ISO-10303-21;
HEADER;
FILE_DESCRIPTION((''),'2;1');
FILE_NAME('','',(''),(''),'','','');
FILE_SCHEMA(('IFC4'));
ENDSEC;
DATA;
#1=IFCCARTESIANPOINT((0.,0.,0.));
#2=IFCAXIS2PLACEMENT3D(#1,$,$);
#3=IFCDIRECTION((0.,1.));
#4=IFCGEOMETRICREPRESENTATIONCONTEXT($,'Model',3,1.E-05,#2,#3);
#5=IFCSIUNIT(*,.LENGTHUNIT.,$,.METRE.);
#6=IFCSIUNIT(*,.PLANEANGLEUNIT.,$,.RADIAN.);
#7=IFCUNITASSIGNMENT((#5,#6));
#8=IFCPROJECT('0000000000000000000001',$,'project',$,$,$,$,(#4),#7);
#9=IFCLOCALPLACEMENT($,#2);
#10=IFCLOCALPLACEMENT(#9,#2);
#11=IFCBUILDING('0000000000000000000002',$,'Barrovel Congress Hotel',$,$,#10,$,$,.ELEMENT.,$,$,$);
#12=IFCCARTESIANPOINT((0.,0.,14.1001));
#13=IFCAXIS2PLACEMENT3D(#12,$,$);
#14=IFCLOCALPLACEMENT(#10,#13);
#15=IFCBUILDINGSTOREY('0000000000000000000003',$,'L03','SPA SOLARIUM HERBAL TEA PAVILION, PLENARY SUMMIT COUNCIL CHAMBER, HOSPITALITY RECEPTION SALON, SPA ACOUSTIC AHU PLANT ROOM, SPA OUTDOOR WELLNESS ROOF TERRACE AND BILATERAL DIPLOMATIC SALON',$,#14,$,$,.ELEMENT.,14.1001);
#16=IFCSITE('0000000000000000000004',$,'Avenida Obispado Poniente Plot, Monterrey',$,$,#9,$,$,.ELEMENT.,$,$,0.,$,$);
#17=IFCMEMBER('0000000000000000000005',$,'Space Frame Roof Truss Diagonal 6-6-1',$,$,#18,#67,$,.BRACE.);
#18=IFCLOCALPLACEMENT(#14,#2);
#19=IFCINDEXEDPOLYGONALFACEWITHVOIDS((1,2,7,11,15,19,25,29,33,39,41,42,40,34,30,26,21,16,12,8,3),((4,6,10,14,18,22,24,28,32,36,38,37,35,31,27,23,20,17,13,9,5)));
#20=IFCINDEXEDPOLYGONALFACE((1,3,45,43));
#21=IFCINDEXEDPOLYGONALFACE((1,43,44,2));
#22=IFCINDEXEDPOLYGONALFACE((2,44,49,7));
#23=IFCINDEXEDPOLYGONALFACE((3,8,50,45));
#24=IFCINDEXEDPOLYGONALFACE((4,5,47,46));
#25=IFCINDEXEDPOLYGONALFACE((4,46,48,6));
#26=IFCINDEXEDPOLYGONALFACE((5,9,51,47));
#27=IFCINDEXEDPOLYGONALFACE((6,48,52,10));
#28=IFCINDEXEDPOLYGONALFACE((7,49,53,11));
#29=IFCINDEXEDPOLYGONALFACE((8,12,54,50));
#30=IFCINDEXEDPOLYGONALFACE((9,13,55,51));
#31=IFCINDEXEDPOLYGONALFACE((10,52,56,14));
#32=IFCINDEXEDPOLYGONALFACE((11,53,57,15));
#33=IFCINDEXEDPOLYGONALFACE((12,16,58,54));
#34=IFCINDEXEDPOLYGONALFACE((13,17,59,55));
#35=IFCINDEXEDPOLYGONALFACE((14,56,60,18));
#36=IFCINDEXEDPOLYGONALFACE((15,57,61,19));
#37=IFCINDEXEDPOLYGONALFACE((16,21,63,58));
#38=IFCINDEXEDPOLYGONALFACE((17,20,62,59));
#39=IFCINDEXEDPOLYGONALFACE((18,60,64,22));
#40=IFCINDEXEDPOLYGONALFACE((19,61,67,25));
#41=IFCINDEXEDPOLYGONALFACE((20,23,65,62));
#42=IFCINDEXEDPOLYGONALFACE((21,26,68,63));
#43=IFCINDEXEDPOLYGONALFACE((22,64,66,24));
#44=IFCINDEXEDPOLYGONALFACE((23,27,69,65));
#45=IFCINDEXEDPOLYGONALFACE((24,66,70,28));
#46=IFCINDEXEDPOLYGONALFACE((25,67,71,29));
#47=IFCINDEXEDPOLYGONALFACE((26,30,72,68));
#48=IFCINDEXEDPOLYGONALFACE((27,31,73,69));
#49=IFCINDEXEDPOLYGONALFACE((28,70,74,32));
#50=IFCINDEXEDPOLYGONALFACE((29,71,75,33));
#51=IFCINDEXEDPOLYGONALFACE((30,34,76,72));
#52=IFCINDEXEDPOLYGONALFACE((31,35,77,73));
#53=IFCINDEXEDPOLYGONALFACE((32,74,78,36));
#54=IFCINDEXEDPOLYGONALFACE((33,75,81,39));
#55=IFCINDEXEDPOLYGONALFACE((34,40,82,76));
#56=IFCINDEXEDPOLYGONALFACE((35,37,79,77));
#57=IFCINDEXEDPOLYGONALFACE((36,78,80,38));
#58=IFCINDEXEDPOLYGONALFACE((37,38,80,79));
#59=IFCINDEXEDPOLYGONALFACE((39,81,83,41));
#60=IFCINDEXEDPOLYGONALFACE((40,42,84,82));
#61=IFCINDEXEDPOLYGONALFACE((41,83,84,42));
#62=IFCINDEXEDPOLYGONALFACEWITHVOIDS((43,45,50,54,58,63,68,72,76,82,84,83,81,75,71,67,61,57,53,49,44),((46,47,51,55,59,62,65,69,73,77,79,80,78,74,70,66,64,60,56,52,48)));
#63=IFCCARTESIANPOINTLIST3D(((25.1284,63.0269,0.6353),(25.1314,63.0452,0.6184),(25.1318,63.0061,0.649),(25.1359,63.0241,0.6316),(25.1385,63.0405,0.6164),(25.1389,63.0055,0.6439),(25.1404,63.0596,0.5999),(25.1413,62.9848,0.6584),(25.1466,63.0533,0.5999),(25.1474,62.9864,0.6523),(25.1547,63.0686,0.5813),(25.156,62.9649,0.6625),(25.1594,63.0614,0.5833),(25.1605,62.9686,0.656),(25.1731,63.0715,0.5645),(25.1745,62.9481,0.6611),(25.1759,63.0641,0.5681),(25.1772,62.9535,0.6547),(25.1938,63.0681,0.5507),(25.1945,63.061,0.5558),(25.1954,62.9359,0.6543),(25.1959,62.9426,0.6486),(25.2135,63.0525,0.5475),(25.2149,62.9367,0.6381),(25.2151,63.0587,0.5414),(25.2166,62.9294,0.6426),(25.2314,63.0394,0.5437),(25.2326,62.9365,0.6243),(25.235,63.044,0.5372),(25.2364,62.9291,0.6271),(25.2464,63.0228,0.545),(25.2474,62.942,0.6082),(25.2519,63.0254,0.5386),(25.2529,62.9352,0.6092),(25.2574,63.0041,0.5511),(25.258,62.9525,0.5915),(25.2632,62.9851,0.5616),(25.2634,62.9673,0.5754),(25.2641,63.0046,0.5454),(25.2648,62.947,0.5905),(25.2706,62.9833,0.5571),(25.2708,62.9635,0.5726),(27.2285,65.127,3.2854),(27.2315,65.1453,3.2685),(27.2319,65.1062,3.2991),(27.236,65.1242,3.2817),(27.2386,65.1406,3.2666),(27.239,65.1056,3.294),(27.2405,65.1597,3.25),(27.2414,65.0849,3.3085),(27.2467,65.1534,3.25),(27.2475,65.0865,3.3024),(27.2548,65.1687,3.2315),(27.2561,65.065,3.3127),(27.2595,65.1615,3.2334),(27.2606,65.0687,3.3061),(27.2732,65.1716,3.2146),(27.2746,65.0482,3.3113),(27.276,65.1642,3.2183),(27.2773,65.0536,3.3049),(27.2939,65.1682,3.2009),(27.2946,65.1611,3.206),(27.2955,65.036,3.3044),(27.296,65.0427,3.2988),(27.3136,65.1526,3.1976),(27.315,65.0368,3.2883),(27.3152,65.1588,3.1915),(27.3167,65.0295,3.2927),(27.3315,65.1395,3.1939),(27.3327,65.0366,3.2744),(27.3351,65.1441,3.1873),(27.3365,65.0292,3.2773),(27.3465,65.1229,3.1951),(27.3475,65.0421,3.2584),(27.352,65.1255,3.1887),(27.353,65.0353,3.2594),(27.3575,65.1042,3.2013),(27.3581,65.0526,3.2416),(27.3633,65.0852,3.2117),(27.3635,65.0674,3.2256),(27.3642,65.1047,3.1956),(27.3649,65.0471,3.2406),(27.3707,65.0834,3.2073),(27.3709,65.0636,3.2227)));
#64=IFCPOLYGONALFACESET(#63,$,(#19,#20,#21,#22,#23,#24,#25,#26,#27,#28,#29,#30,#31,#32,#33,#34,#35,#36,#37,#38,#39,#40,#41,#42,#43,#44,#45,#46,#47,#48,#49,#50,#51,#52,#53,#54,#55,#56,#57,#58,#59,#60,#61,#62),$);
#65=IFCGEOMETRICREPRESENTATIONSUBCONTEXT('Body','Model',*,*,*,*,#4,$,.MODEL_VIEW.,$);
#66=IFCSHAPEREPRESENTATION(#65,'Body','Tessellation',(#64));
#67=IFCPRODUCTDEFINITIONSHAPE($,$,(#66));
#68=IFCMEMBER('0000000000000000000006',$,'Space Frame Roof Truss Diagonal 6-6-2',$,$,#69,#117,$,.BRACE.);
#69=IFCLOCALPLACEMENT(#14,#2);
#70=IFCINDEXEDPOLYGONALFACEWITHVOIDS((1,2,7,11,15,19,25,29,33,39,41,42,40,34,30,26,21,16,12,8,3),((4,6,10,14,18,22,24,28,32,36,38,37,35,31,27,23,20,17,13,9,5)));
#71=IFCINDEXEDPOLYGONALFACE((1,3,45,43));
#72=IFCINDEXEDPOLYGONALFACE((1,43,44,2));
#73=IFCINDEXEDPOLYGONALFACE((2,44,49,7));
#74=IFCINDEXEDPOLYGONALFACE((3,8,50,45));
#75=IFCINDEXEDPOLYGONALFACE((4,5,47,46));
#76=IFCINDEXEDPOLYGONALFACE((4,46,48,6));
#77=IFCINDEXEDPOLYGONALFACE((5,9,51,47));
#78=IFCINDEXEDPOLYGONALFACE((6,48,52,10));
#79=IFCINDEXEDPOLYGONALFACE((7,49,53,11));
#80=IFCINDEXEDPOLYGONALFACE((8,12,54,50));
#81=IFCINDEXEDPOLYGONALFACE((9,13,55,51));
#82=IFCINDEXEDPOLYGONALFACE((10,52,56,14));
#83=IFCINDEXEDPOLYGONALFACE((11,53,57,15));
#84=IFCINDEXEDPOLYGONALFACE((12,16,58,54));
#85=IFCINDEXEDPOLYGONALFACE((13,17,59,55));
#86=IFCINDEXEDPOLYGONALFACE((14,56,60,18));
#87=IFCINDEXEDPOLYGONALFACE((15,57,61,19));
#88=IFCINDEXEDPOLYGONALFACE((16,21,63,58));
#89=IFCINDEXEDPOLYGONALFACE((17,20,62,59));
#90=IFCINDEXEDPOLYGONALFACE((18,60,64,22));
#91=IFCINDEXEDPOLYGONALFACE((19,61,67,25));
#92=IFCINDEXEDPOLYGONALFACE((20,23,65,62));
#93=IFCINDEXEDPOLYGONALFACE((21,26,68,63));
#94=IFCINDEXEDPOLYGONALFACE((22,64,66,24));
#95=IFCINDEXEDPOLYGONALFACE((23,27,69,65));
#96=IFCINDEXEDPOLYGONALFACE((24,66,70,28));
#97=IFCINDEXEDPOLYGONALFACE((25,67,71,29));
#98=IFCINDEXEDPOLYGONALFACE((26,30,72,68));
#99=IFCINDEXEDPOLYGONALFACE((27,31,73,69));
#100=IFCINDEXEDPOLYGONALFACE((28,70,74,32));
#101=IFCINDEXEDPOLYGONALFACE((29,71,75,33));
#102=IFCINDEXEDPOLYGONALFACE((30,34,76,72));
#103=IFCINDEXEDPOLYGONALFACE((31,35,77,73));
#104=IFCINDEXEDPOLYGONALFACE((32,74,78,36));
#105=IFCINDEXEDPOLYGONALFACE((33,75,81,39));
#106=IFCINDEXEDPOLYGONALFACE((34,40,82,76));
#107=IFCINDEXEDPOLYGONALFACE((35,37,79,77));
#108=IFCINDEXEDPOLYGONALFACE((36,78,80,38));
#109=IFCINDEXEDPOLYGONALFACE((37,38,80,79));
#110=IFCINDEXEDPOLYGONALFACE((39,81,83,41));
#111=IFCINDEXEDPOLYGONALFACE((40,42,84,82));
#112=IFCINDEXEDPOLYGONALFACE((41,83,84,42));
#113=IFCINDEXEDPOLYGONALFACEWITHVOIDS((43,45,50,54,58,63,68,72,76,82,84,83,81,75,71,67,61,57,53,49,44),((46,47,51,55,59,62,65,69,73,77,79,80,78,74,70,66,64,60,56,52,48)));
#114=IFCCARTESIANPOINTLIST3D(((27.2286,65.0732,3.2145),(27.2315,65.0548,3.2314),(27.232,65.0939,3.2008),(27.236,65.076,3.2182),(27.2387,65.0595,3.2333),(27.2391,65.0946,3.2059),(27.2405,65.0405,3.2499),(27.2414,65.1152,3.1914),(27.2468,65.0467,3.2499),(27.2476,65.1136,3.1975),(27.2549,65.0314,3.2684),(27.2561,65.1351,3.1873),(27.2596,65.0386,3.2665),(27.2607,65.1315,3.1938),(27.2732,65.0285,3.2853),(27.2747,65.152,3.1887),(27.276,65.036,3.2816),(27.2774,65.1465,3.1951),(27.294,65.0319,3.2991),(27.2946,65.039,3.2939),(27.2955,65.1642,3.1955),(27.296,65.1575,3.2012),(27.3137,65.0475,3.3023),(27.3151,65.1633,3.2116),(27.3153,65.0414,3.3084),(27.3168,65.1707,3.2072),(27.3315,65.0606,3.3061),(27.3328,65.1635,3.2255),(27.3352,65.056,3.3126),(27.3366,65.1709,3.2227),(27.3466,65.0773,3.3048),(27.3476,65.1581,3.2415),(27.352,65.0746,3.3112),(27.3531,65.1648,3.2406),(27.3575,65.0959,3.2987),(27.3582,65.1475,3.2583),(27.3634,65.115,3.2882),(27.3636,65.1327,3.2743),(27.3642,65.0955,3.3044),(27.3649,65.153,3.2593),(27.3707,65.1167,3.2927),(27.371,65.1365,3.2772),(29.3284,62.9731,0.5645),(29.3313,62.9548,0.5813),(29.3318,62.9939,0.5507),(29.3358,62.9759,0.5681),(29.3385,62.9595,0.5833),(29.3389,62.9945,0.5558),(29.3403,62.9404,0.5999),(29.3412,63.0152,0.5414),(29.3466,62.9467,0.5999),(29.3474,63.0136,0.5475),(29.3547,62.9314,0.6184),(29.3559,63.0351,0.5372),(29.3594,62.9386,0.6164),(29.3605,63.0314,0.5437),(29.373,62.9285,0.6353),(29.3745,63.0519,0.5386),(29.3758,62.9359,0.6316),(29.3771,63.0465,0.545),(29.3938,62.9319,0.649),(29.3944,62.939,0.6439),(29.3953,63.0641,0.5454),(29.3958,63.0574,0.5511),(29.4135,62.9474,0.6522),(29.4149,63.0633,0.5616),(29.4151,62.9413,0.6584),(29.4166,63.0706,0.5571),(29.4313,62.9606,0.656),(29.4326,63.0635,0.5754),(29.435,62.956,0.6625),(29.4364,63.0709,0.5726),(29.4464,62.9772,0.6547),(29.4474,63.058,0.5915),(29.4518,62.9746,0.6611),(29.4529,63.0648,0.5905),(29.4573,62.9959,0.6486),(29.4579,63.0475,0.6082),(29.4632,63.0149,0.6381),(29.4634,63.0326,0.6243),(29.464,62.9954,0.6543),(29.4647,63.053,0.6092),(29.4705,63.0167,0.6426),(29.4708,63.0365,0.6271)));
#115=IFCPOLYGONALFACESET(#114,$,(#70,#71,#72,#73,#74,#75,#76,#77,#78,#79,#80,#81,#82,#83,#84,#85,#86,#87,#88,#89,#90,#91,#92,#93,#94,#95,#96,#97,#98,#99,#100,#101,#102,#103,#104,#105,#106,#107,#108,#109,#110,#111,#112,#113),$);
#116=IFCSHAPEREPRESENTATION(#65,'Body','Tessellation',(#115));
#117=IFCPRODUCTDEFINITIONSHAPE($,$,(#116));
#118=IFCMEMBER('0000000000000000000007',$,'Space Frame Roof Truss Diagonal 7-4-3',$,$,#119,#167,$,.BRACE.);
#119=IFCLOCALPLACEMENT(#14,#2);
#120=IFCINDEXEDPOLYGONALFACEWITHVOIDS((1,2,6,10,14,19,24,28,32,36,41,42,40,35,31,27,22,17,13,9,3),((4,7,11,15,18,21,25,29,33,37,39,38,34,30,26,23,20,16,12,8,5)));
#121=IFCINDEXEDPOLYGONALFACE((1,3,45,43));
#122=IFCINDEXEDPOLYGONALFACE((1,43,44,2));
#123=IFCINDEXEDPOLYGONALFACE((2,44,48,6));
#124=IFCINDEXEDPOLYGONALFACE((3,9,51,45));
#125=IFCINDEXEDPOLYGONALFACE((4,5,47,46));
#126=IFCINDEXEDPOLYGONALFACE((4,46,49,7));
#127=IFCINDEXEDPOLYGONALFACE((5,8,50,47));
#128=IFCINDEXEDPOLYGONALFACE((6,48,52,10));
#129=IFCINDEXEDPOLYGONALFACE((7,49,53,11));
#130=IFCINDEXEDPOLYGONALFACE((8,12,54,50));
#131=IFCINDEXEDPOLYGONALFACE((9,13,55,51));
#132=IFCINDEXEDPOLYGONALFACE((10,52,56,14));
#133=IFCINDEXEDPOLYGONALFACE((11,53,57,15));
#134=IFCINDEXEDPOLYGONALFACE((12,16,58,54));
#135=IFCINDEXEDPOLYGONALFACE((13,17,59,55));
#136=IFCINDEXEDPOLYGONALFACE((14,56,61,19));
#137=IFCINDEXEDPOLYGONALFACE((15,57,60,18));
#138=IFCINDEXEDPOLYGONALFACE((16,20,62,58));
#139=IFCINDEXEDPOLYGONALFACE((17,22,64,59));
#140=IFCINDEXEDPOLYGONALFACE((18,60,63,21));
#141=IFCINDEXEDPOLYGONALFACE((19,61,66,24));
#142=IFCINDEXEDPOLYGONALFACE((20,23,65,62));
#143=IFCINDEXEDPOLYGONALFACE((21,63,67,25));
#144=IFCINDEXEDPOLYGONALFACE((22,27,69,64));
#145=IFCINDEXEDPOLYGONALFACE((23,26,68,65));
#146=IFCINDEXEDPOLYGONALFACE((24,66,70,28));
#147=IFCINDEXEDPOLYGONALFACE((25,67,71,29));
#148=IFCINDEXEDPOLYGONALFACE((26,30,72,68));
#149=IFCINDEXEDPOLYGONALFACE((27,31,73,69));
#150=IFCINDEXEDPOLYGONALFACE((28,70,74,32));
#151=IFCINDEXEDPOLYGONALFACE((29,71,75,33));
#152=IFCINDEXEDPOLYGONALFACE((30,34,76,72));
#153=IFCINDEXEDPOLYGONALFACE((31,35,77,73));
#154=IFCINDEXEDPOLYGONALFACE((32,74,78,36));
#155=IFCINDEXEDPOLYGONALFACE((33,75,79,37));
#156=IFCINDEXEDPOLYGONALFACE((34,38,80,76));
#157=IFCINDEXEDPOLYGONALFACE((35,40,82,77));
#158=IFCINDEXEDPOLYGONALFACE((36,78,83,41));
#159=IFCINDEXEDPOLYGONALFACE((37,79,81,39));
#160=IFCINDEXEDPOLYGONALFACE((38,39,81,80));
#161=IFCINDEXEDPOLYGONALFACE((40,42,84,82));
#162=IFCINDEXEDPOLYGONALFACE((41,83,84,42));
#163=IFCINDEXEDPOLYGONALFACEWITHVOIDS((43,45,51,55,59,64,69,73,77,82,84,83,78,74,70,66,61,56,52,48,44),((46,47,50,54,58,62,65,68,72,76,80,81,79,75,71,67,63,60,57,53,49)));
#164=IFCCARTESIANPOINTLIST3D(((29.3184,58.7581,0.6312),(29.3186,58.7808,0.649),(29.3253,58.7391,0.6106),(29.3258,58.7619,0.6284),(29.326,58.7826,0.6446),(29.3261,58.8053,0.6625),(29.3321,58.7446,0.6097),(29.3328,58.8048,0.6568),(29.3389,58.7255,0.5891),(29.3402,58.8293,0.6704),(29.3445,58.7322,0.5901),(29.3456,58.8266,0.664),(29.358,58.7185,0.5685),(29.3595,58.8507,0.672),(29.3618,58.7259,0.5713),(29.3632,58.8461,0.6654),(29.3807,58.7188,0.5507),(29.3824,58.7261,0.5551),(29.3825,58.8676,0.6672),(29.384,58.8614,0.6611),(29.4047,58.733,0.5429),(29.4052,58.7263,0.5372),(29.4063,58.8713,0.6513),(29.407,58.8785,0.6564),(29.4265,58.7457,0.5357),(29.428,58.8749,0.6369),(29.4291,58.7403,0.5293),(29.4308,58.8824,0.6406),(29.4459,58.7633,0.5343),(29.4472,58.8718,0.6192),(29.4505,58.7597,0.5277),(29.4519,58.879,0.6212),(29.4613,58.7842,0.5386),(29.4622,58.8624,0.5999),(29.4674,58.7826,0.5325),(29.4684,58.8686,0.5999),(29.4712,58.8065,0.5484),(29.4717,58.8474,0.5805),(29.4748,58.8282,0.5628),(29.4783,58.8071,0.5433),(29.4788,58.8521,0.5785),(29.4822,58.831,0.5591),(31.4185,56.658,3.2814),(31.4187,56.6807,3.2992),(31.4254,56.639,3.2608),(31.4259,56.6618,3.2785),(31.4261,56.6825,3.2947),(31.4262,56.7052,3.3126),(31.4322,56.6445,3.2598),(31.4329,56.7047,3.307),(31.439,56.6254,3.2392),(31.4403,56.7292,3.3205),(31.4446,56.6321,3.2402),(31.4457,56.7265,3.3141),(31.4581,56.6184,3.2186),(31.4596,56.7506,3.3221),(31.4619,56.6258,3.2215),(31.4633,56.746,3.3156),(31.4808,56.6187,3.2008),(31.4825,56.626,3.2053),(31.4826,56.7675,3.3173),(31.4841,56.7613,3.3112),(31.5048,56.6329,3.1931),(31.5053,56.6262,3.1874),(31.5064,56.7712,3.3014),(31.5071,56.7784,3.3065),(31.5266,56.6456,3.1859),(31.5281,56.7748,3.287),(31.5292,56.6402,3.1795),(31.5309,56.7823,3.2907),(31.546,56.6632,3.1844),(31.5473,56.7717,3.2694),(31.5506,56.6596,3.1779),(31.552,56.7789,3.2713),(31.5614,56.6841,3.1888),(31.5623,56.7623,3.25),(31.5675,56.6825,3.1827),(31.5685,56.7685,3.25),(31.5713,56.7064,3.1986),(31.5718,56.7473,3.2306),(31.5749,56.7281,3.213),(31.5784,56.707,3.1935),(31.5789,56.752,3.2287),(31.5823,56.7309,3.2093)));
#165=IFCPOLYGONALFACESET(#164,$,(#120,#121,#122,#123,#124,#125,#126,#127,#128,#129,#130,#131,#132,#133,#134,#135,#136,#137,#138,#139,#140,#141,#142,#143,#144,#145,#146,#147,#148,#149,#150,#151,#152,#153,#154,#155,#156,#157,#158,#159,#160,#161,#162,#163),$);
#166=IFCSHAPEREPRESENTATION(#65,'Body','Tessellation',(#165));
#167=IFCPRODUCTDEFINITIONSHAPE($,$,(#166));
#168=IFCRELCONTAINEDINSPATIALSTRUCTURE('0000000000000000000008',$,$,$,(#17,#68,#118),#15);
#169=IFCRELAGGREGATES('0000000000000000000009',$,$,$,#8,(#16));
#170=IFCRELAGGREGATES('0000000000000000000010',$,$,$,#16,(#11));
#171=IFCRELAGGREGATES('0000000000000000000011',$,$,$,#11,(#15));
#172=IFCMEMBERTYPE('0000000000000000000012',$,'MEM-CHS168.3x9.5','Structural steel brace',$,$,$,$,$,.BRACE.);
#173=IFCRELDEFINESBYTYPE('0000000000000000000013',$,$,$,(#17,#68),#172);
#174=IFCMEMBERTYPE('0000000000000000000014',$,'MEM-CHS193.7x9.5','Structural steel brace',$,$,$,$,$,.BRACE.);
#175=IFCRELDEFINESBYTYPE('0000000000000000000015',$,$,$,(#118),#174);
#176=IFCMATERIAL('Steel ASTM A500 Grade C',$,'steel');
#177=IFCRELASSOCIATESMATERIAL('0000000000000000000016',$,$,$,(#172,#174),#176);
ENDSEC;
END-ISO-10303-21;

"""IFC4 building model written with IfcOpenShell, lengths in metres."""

from ifc_helpers import new_model, si_unit, direction, frame, origin, origin_2d, place, context, subcontext, project, spatial, hollow_circle, extrude, material, material_profile, profile_set, type_object, element, save


model = new_model("IFC4")

# Units and contexts
model_context = context("Model", 3, precision=1e-05, world=origin(), true_north=direction((0.0, 1.0)))
body_context = subcontext(model_context, "Body", "Model", "MODEL_VIEW")
ifc_project = project(units=[si_unit("LENGTHUNIT", "METRE"), si_unit("PLANEANGLEUNIT", "RADIAN")], contexts=[model_context])

# Site, building, storey
site_placement = place(None, origin())
site = spatial("IfcSite", under=ifc_project, at=site_placement, Name="Avenida Obispado Poniente Plot, Monterrey", CompositionType="ELEMENT", RefElevation=0.0)
building_placement = place(site_placement, origin())
building = spatial("IfcBuilding", under=site, at=building_placement, Name="Barrovel Congress Hotel", CompositionType="ELEMENT")
storey_placement = place(building_placement, frame((0.0, 0.0, 14.1001)))
storey = spatial("IfcBuildingStorey", under=building, at=storey_placement, Name="L03", Description="SPA SOLARIUM HERBAL TEA PAVILION, PLENARY SUMMIT COUNCIL CHAMBER, HOSPITALITY RECEPTION SALON, SPA ACOUSTIC AHU PLANT ROOM, SPA OUTDOOR WELLNESS ROOF TERRACE AND BILATERAL DIPLOMATIC SALON", CompositionType="ELEMENT", Elevation=14.1001)

# Members
ifc_material_1 = material(Name="Steel ASTM A500 Grade C", Category="steel")
ifc_material_profile_1 = material_profile(ifc_material_1, hollow_circle(Radius=0.0842, WallThickness=0.0088, at=origin_2d()), Name="CHS168.3x9.5")
ifc_profile_set_1 = profile_set([ifc_material_profile_1], Name="Steel ASTM A500 Grade C")
member_type_1 = type_object("IfcMemberType", Name="MEM-CHS168.3x9.5", Description="Structural steel brace", PredefinedType="BRACE", material=ifc_profile_set_1)
member_1_placement = place(storey_placement, frame((25.2, 63.0, 0.5999), z_axis=(0.527601, 0.527601, 0.665788), x_axis=(-0.707107, 0.707107, 0.0)))
element("IfcMember", 1, at=member_1_placement, inside=storey, type_object=member_type_1, Name="Space Frame Roof Truss Diagonal 6-6-1", PredefinedType="BRACE", context=body_context, shape_type="SweptSolid", body=[
    extrude(hollow_circle(Radius=0.0842, WallThickness=0.0088, at=origin_2d()), origin(), (0.0, 0.0, 1.0), 3.9805),
])
member_2_placement = place(storey_placement, frame((29.3999, 63.0, 0.5999), z_axis=(-0.527557, 0.527618, 0.66581), x_axis=(-0.707148, -0.707066, 0.0)))
element("IfcMember", 2, at=member_2_placement, inside=storey, type_object=member_type_1, Name="Space Frame Roof Truss Diagonal 6-6-2", PredefinedType="BRACE", context=body_context, shape_type="SweptSolid", body=[
    extrude(hollow_circle(Radius=0.0842, WallThickness=0.0088, at=origin_2d()), origin(), (0.0, 0.0, 1.0), 3.9802),
])
ifc_material_profile_2 = material_profile(ifc_material_1, hollow_circle(Radius=0.0969, WallThickness=0.0088, at=origin_2d()), Name="CHS193.7x9.5")
ifc_profile_set_2 = profile_set([ifc_material_profile_2], Name="Steel ASTM A500 Grade C")
member_type_2 = type_object("IfcMemberType", Name="MEM-CHS193.7x9.5", Description="Structural steel brace", PredefinedType="BRACE", material=ifc_profile_set_2)
for number, where, z_axis, x_axis, name in (
    (3, (29.3999, 58.8, 0.5999), (0.527601, -0.527601, 0.665788), (0.707107, 0.707107, 0.0), "Space Frame Roof Truss Diagonal 7-4-3"),
):
    element("IfcMember", number, at=place(storey_placement, frame(where, z_axis=z_axis, x_axis=x_axis)), inside=storey, type_object=member_type_2, Name=name, PredefinedType="BRACE", context=body_context, shape_type="SweptSolid", body=[
        extrude(hollow_circle(Radius=0.0969, WallThickness=0.0088, at=origin_2d()), origin(), (0.0, 0.0, 1.0), 3.9805),
    ])

save(model, "model.ifc")
